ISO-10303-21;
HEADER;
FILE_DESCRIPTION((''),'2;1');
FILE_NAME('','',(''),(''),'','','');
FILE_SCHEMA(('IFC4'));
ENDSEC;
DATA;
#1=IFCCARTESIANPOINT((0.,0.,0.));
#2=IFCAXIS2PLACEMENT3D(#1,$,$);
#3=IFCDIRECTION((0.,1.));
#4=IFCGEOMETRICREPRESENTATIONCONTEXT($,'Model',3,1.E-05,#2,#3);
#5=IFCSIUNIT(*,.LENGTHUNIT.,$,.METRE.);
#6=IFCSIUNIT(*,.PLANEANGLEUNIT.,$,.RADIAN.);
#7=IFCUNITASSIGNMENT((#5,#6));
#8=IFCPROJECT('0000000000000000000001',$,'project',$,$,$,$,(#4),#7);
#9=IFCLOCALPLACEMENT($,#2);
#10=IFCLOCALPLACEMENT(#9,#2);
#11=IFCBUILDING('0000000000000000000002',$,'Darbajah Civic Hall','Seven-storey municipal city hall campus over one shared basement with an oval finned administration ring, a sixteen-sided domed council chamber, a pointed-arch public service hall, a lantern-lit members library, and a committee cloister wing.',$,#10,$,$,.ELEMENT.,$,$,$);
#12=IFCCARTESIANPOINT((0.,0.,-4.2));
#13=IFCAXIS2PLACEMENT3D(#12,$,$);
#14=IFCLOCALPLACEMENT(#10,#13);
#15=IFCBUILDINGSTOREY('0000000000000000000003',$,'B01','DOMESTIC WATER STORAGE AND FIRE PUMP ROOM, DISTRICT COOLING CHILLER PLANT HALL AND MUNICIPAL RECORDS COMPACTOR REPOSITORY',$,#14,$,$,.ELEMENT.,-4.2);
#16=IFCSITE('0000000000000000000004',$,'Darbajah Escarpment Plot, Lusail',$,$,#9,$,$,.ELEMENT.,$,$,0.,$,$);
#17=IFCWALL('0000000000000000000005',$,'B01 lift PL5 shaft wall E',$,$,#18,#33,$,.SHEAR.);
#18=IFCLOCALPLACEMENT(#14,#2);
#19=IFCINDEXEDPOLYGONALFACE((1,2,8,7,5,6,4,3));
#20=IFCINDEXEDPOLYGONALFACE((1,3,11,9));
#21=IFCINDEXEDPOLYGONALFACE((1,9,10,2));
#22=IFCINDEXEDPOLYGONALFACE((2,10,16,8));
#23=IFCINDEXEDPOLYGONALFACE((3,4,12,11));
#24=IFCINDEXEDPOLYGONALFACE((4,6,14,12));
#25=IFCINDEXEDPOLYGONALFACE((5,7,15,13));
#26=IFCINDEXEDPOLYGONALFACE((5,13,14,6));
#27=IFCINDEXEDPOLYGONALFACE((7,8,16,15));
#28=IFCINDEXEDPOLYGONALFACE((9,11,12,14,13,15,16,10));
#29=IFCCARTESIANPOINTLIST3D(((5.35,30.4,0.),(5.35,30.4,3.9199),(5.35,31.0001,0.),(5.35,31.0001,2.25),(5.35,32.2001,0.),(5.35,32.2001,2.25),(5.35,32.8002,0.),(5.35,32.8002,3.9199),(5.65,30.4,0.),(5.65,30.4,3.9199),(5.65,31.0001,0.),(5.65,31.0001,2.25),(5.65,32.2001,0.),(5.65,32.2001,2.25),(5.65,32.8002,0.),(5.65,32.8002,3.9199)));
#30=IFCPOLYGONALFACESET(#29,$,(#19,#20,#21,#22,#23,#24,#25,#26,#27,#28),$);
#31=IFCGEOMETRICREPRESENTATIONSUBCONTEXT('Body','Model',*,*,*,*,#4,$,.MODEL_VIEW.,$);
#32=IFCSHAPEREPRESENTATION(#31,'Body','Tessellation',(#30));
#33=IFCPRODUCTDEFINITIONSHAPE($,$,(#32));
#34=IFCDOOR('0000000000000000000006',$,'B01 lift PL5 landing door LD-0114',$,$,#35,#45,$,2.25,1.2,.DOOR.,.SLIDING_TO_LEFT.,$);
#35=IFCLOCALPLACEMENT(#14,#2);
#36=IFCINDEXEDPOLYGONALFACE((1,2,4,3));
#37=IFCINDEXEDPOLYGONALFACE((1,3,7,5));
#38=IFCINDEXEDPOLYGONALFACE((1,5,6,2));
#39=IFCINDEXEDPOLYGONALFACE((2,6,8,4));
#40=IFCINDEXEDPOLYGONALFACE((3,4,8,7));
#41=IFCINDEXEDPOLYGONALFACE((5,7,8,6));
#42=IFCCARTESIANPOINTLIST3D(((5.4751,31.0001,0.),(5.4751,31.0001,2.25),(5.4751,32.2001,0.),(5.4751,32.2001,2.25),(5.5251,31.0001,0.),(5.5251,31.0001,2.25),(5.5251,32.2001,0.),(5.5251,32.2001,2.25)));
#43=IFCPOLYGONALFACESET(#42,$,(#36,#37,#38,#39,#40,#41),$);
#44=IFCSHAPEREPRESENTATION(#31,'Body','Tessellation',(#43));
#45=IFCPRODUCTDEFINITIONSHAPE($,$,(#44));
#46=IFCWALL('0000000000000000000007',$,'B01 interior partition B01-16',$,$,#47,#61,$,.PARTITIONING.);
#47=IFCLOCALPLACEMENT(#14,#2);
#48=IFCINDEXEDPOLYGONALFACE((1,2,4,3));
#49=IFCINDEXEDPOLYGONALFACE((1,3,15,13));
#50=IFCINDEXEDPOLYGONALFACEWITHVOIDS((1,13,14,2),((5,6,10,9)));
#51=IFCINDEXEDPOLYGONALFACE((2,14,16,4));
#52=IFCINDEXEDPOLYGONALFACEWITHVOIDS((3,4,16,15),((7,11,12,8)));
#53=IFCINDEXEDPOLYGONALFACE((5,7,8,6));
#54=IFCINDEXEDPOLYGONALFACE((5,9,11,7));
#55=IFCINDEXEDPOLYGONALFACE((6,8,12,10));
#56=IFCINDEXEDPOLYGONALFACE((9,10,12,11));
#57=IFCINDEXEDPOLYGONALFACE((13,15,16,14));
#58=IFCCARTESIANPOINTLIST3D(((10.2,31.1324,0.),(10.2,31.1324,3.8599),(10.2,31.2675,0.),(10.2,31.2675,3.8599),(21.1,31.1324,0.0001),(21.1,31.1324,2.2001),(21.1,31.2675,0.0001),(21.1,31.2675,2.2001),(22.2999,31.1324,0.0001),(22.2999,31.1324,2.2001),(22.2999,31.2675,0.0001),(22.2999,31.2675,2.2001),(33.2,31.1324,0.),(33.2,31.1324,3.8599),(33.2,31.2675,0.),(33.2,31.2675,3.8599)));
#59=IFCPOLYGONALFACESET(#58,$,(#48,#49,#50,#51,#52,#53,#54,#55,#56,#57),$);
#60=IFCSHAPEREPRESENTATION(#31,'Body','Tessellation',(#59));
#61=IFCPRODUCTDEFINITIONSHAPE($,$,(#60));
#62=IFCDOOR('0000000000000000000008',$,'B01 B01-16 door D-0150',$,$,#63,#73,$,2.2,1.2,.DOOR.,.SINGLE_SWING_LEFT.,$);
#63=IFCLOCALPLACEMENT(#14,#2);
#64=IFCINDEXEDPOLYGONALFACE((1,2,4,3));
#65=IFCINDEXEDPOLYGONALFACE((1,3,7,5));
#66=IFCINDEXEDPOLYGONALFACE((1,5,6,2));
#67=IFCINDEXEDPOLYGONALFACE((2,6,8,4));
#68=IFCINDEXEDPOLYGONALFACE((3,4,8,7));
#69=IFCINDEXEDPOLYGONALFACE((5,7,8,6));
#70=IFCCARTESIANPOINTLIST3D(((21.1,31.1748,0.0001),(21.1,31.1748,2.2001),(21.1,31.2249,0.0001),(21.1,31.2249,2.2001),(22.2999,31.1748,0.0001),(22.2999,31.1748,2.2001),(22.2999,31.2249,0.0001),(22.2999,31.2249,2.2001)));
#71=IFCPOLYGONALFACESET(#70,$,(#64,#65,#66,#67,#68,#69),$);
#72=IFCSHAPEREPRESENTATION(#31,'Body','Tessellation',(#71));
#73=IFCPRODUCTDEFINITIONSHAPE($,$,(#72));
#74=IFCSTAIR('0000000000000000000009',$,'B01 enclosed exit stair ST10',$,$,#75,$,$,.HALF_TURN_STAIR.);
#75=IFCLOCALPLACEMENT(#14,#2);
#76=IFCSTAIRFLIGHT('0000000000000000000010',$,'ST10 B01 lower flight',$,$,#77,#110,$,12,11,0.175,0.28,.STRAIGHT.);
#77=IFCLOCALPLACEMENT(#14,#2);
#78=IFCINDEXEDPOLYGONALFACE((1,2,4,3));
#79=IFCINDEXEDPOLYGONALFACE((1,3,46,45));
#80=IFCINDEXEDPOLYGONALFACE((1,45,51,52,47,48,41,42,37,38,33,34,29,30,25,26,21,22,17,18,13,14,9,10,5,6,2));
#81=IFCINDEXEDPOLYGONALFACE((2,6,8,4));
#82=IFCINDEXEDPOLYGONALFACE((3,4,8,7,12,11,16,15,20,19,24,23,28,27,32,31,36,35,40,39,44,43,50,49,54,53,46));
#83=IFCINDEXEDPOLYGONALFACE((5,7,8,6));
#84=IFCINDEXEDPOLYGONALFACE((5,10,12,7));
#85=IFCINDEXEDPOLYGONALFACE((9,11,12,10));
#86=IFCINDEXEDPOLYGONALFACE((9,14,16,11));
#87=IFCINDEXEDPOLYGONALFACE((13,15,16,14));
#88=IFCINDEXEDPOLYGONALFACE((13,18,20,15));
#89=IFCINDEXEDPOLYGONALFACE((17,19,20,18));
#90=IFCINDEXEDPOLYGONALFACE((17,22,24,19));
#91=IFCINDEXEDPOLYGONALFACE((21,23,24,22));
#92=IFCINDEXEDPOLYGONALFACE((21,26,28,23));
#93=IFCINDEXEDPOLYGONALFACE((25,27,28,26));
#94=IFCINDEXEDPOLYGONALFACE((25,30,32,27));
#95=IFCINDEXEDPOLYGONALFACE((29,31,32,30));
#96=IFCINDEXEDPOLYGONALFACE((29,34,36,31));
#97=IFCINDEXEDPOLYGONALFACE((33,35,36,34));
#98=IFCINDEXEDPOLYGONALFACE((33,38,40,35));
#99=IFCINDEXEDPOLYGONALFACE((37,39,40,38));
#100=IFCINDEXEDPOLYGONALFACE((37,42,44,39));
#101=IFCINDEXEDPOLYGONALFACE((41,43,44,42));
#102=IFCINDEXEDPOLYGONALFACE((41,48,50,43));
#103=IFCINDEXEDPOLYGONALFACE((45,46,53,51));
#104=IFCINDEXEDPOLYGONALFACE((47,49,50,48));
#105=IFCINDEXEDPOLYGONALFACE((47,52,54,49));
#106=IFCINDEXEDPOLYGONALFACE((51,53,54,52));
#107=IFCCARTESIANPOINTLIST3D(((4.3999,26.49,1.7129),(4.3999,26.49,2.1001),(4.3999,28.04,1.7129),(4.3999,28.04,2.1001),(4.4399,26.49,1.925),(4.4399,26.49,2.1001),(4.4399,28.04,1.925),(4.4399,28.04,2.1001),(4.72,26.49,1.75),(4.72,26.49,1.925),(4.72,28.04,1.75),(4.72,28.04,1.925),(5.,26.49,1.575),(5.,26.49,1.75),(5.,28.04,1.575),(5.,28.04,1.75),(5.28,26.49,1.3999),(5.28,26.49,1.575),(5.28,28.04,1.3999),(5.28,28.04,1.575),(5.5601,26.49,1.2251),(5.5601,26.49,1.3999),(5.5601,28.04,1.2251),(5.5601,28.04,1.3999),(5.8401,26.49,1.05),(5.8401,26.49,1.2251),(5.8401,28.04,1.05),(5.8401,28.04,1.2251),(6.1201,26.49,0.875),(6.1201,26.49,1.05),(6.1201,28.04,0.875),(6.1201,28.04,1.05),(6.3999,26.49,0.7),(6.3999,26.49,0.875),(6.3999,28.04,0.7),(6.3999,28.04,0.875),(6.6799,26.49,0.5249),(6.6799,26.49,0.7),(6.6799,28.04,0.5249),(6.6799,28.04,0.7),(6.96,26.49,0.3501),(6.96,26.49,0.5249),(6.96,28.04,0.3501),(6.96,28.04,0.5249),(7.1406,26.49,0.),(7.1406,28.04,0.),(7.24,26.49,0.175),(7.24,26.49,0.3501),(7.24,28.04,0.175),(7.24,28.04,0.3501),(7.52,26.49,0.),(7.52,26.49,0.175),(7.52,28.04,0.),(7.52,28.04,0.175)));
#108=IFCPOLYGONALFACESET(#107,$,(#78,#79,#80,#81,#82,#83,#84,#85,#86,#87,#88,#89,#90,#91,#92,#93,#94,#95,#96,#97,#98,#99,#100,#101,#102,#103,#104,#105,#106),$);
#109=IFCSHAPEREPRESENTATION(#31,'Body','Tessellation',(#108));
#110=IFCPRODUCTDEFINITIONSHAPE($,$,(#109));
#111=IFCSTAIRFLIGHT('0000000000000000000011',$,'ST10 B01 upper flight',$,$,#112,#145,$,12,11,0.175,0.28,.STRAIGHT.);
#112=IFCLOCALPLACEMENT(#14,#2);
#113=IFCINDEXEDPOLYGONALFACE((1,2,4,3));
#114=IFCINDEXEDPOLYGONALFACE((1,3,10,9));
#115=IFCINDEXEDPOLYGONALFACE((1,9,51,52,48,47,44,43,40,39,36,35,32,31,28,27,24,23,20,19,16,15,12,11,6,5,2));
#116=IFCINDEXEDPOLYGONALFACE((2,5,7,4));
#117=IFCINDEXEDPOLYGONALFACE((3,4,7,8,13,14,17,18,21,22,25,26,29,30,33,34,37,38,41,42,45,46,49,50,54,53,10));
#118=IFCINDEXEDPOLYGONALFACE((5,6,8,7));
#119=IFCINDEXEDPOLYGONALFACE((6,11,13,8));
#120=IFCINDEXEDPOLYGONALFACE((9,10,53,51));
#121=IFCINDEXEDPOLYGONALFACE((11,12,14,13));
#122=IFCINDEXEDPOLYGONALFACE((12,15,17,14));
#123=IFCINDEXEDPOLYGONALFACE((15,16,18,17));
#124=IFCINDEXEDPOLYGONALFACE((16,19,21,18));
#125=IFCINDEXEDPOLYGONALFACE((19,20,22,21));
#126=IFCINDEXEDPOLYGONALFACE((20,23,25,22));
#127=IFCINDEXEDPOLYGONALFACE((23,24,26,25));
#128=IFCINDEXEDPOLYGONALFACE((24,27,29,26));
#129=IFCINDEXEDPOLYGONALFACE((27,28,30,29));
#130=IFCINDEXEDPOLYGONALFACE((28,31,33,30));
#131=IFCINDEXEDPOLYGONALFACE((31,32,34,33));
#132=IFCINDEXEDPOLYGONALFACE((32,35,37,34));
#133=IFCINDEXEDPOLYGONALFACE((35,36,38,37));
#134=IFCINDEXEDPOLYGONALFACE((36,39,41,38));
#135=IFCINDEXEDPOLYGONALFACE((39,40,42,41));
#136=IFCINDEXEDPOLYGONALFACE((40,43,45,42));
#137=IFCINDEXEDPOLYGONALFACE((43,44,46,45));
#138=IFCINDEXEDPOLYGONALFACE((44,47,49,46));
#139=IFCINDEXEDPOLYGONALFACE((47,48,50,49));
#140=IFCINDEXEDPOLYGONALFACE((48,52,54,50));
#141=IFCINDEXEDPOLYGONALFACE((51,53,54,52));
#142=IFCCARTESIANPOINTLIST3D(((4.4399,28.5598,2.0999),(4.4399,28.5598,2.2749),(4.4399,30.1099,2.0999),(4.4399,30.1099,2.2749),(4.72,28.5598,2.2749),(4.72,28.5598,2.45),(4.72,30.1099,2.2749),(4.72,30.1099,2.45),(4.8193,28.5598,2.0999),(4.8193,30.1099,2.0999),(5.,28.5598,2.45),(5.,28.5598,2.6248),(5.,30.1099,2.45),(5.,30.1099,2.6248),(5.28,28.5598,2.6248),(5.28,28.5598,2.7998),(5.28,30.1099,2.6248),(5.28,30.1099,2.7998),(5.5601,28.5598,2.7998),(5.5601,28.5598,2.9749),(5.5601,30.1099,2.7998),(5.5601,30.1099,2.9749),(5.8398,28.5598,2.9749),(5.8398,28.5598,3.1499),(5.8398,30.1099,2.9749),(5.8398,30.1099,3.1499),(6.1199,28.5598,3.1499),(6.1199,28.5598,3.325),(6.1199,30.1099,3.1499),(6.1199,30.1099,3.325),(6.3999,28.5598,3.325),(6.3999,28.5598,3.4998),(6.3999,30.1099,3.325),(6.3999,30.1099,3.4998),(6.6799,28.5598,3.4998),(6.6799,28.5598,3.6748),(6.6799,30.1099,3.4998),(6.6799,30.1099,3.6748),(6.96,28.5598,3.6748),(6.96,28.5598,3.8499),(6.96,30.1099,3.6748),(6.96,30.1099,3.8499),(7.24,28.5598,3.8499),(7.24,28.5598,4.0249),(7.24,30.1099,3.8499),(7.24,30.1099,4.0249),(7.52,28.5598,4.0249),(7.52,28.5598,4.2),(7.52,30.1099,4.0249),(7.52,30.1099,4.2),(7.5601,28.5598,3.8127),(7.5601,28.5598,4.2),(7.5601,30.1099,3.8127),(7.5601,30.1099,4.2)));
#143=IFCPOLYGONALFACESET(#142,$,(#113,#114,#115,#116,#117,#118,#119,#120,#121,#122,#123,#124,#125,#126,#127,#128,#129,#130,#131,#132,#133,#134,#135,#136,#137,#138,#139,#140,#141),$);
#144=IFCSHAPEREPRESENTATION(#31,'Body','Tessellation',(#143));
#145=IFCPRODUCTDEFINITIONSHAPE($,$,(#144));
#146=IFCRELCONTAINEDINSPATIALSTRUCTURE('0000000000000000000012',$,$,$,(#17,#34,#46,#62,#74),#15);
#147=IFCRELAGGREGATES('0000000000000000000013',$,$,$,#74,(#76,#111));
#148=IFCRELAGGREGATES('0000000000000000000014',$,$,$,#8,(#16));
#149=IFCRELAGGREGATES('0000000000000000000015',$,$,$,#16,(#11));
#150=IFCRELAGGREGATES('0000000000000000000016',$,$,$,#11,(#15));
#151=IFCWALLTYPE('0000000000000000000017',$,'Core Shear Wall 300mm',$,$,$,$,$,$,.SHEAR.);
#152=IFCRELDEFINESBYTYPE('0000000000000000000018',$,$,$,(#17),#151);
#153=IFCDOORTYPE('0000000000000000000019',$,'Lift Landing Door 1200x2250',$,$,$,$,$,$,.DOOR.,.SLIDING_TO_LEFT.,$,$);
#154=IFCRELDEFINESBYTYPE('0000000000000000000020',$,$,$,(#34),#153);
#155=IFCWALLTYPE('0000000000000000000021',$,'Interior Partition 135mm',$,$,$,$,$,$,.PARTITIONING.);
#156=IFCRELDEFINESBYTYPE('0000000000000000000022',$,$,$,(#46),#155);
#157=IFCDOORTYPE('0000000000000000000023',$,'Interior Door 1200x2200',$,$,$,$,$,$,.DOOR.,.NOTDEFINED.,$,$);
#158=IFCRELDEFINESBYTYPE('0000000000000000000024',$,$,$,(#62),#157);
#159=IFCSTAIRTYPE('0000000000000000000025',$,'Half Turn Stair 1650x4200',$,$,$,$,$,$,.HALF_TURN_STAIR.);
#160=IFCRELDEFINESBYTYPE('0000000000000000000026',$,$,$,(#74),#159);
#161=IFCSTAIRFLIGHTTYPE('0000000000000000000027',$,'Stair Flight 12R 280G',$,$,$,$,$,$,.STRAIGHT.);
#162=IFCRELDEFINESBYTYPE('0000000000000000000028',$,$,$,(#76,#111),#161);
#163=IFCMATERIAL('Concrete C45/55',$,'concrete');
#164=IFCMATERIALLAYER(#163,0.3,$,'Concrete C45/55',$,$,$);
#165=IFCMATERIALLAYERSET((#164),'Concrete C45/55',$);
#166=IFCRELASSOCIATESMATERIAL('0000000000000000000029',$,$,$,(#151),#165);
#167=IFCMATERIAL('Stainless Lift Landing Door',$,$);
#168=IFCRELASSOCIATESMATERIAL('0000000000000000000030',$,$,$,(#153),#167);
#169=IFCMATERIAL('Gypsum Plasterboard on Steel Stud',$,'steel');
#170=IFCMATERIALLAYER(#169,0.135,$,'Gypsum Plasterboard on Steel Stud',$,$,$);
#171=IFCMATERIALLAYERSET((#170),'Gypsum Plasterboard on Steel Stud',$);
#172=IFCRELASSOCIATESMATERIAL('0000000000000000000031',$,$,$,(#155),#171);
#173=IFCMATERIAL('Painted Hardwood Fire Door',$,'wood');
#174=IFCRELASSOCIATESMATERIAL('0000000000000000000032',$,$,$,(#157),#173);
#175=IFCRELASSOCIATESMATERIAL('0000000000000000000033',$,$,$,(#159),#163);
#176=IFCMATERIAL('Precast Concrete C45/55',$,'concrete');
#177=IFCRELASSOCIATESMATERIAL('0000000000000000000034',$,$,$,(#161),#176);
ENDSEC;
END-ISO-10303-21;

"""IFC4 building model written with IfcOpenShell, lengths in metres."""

from ifc_helpers import new_model, si_unit, direction, frame, frame_2d, origin, place, context, subcontext, project, spatial, polyline, rectangle, outline, extrude, material, layer, layer_set, type_object, element, fill, aggregate, save


model = new_model("IFC4")

# Units and contexts
model_context = context("Model", 3, precision=1e-05, world=origin(), true_north=direction((0.0, 1.0)))
body_context = subcontext(model_context, "Body", "Model", "MODEL_VIEW")
ifc_project = project(units=[si_unit("LENGTHUNIT", "METRE"), si_unit("PLANEANGLEUNIT", "RADIAN")], contexts=[model_context])

# Site, building, storey
site_placement = place(None, origin())
site = spatial("IfcSite", under=ifc_project, at=site_placement, Name="Darbajah Escarpment Plot, Lusail", CompositionType="ELEMENT", RefElevation=0.0)
building_placement = place(site_placement, origin())
building = spatial("IfcBuilding", under=site, at=building_placement, Name="Darbajah Civic Hall", Description="Seven-storey municipal city hall campus over one shared basement with an oval finned administration ring, a sixteen-sided domed council chamber, a pointed-arch public service hall, a lantern-lit members library, and a committee cloister wing.", CompositionType="ELEMENT")
storey_placement = place(building_placement, frame((0.0, 0.0, -4.2)))
storey = spatial("IfcBuildingStorey", under=building, at=storey_placement, Name="B01", Description="DOMESTIC WATER STORAGE AND FIRE PUMP ROOM, DISTRICT COOLING CHILLER PLANT HALL AND MUNICIPAL RECORDS COMPACTOR REPOSITORY", CompositionType="ELEMENT", Elevation=-4.2)

# Shared definitions
ifc_material_1 = material(Name="Concrete C45/55", Category="concrete")

# Shared definitions
ifc_layer_1 = layer(ifc_material_1, 0.3, Name="Concrete C45/55")
ifc_layer_set_1 = layer_set([ifc_layer_1], Name="Concrete C45/55")
wall_type_1 = type_object("IfcWallType", Name="Core Shear Wall 300mm", PredefinedType="SHEAR", material=ifc_layer_set_1)

# Walls, openings, doors
wall_1_placement = place(storey_placement, frame((5.5, 30.3999, 0.0), z_axis=(0.0, 0.0, 1.0), x_axis=(0.0, 1.0, 0.0)))
wall_1 = element("IfcWall", 1, at=wall_1_placement, inside=storey, type_object=wall_type_1, Name="B01 lift PL5 shaft wall E", PredefinedType="SHEAR", context=body_context, shape_type="SweptSolid", body=[
    extrude(rectangle(XDim=2.4001, YDim=0.3, at=frame_2d((1.2002, 0.0))), origin(), (0.0, 0.0, 1.0), 3.9199),
])
opening_1_placement = place(wall_1_placement, frame((0.6001, 0.0, 0.0)))
opening_1 = element("IfcOpeningElement", 2, at=opening_1_placement, cuts=wall_1, PredefinedType="OPENING", context=body_context, shape_type="SweptSolid", body=[
    extrude(rectangle(XDim=1.2, YDim=2.25, at=frame_2d((0.6001, 1.125))), frame((0.0, 0.1599, 0.0), z_axis=(0.0, -1.0, 0.0), x_axis=(1.0, 0.0, 0.0)), (0.0, 0.0, 1.0), 0.3201),
])
ifc_material_2 = material(Name="Stainless Lift Landing Door")
door_type_1 = type_object("IfcDoorType", Name="Lift Landing Door 1200x2250", OperationType="SLIDING_TO_LEFT", PredefinedType="DOOR", material=ifc_material_2)
door_1_placement = place(opening_1_placement, origin())
door_1 = element("IfcDoor", 3, at=door_1_placement, inside=storey, type_object=door_type_1, Name="B01 lift PL5 landing door LD-0114", OperationType="SLIDING_TO_LEFT", OverallHeight=2.25, OverallWidth=1.2, PredefinedType="DOOR", context=body_context, shape_type="SweptSolid", body=[
    extrude(rectangle(XDim=1.2, YDim=2.25, at=frame_2d((0.6001, 1.125))), frame((0.0, 0.0249, 0.0), z_axis=(0.0, -1.0, 0.0), x_axis=(1.0, 0.0, 0.0)), (0.0, 0.0, 1.0), 0.05),
])
fill(opening_1, door_1)
ifc_material_3 = material(Name="Gypsum Plasterboard on Steel Stud", Category="steel")
ifc_layer_2 = layer(ifc_material_3, 0.135, Name="Gypsum Plasterboard on Steel Stud")
ifc_layer_set_2 = layer_set([ifc_layer_2], Name="Gypsum Plasterboard on Steel Stud")
wall_type_2 = type_object("IfcWallType", Name="Interior Partition 135mm", PredefinedType="PARTITIONING", material=ifc_layer_set_2)
wall_2_placement = place(storey_placement, frame((10.2, 31.2, 0.0), z_axis=(0.0, 0.0, 1.0), x_axis=(1.0, 0.0, 0.0)))
wall_2 = element("IfcWall", 4, at=wall_2_placement, inside=storey, type_object=wall_type_2, Name="B01 interior partition B01-16", PredefinedType="PARTITIONING", context=body_context, shape_type="SweptSolid", body=[
    extrude(rectangle(XDim=23.0, YDim=0.135, at=frame_2d((11.5, 0.0))), origin(), (0.0, 0.0, 1.0), 3.8599),
])
opening_2_placement = place(wall_2_placement, frame((10.8999, 0.0, 0.0)))
opening_2 = element("IfcOpeningElement", 5, at=opening_2_placement, cuts=wall_2, PredefinedType="OPENING", context=body_context, shape_type="SweptSolid", body=[
    extrude(rectangle(XDim=1.2, YDim=2.2, at=frame_2d((0.6001, 1.1001))), frame((0.0, 0.0774, 0.0), z_axis=(0.0, -1.0, 0.0), x_axis=(1.0, 0.0, 0.0)), (0.0, 0.0, 1.0), 0.155),
])
ifc_material_4 = material(Name="Painted Hardwood Fire Door", Category="wood")
door_type_2 = type_object("IfcDoorType", Name="Interior Door 1200x2200", OperationType="NOTDEFINED", PredefinedType="DOOR", material=ifc_material_4)
door_2_placement = place(opening_2_placement, origin())
door_2 = element("IfcDoor", 6, at=door_2_placement, inside=storey, type_object=door_type_2, Name="B01 B01-16 door D-0150", OperationType="SINGLE_SWING_LEFT", OverallHeight=2.2, OverallWidth=1.2, PredefinedType="DOOR", context=body_context, shape_type="SweptSolid", body=[
    extrude(rectangle(XDim=1.2, YDim=2.2, at=frame_2d((0.6001, 1.1001))), frame((0.0, 0.0249, 0.0), z_axis=(0.0, -1.0, 0.0), x_axis=(1.0, 0.0, 0.0)), (0.0, 0.0, 1.0), 0.05),
])
fill(opening_2, door_2)

# Stair, stair flights
stair_type = type_object("IfcStairType", Name="Half Turn Stair 1650x4200", PredefinedType="HALF_TURN_STAIR", material=ifc_material_1)
stair_placement = place(storey_placement, origin())
stair = element("IfcStair", 7, at=stair_placement, inside=storey, type_object=stair_type, Name="B01 enclosed exit stair ST10", PredefinedType="HALF_TURN_STAIR")
ifc_material_5 = material(Name="Precast Concrete C45/55", Category="concrete")
stair_flight_type = type_object("IfcStairFlightType", Name="Stair Flight 12R 280G", PredefinedType="STRAIGHT", material=ifc_material_5)
stair_flight_1_placement = place(storey_placement, frame((7.52, 27.2649, 0.0), z_axis=(0.0, 0.0, 1.0), x_axis=(-1.0, 0.0, 0.0)))
stair_flight_1 = element("IfcStairFlight", 8, at=stair_flight_1_placement, type_object=stair_flight_type, Name="ST10 B01 lower flight", NumberOfRisers=12, NumberOfTreads=11, PredefinedType="STRAIGHT", RiserHeight=0.175, TreadLength=0.28, context=body_context, shape_type="SweptSolid", body=[
    extrude(outline(polyline([(0.0, 0.0), (0.0, 0.175), (0.28, 0.175), (0.28, 0.3501), (0.5601, 0.3501), (0.5601, 0.5249), (0.8401, 0.5249), (0.8401, 0.7), (1.1201, 0.7), (1.1201, 0.875), (1.3999, 0.875), (1.3999, 1.05), (1.6799, 1.05), (1.6799, 1.2251), (1.96, 1.2251), (1.96, 1.3999), (2.24, 1.3999), (2.24, 1.575), (2.52, 1.575), (2.52, 1.75), (2.8, 1.75), (2.8, 1.925), (3.0801, 1.925), (3.0801, 2.1001), (3.1201, 2.1001), (3.1201, 1.7129), (0.3794, 0.0), (0.0, 0.0)])), frame((0.0, 0.7749, 0.0), z_axis=(0.0, -1.0, 0.0), x_axis=(1.0, 0.0, 0.0)), (0.0, 0.0, 1.0), 1.55),
])
stair_flight_2_placement = place(storey_placement, frame((4.4399, 29.335, 2.0999), z_axis=(0.0, 0.0, 1.0), x_axis=(1.0, 0.0, 0.0)))
stair_flight_2 = element("IfcStairFlight", 9, at=stair_flight_2_placement, type_object=stair_flight_type, Name="ST10 B01 upper flight", NumberOfRisers=12, NumberOfTreads=11, PredefinedType="STRAIGHT", RiserHeight=0.175, TreadLength=0.28, context=body_context, shape_type="SweptSolid", body=[
    extrude(outline(polyline([(0.0, 0.0), (0.0, 0.175), (0.28, 0.175), (0.28, 0.3501), (0.5601, 0.3501), (0.5601, 0.5249), (0.8401, 0.5249), (0.8401, 0.7), (1.1201, 0.7), (1.1201, 0.875), (1.3999, 0.875), (1.3999, 1.05), (1.6799, 1.05), (1.6799, 1.2251), (1.96, 1.2251), (1.96, 1.3999), (2.24, 1.3999), (2.24, 1.575), (2.52, 1.575), (2.52, 1.75), (2.8, 1.75), (2.8, 1.925), (3.0801, 1.925), (3.0801, 2.1001), (3.1201, 2.1001), (3.1201, 1.7129), (0.3794, 0.0), (0.0, 0.0)])), frame((0.0, 0.7749, 0.0), z_axis=(0.0, -1.0, 0.0), x_axis=(1.0, 0.0, 0.0)), (0.0, 0.0, 1.0), 1.55),
])
aggregate(stair, [stair_flight_1, stair_flight_2])

save(model, "model.ifc")
